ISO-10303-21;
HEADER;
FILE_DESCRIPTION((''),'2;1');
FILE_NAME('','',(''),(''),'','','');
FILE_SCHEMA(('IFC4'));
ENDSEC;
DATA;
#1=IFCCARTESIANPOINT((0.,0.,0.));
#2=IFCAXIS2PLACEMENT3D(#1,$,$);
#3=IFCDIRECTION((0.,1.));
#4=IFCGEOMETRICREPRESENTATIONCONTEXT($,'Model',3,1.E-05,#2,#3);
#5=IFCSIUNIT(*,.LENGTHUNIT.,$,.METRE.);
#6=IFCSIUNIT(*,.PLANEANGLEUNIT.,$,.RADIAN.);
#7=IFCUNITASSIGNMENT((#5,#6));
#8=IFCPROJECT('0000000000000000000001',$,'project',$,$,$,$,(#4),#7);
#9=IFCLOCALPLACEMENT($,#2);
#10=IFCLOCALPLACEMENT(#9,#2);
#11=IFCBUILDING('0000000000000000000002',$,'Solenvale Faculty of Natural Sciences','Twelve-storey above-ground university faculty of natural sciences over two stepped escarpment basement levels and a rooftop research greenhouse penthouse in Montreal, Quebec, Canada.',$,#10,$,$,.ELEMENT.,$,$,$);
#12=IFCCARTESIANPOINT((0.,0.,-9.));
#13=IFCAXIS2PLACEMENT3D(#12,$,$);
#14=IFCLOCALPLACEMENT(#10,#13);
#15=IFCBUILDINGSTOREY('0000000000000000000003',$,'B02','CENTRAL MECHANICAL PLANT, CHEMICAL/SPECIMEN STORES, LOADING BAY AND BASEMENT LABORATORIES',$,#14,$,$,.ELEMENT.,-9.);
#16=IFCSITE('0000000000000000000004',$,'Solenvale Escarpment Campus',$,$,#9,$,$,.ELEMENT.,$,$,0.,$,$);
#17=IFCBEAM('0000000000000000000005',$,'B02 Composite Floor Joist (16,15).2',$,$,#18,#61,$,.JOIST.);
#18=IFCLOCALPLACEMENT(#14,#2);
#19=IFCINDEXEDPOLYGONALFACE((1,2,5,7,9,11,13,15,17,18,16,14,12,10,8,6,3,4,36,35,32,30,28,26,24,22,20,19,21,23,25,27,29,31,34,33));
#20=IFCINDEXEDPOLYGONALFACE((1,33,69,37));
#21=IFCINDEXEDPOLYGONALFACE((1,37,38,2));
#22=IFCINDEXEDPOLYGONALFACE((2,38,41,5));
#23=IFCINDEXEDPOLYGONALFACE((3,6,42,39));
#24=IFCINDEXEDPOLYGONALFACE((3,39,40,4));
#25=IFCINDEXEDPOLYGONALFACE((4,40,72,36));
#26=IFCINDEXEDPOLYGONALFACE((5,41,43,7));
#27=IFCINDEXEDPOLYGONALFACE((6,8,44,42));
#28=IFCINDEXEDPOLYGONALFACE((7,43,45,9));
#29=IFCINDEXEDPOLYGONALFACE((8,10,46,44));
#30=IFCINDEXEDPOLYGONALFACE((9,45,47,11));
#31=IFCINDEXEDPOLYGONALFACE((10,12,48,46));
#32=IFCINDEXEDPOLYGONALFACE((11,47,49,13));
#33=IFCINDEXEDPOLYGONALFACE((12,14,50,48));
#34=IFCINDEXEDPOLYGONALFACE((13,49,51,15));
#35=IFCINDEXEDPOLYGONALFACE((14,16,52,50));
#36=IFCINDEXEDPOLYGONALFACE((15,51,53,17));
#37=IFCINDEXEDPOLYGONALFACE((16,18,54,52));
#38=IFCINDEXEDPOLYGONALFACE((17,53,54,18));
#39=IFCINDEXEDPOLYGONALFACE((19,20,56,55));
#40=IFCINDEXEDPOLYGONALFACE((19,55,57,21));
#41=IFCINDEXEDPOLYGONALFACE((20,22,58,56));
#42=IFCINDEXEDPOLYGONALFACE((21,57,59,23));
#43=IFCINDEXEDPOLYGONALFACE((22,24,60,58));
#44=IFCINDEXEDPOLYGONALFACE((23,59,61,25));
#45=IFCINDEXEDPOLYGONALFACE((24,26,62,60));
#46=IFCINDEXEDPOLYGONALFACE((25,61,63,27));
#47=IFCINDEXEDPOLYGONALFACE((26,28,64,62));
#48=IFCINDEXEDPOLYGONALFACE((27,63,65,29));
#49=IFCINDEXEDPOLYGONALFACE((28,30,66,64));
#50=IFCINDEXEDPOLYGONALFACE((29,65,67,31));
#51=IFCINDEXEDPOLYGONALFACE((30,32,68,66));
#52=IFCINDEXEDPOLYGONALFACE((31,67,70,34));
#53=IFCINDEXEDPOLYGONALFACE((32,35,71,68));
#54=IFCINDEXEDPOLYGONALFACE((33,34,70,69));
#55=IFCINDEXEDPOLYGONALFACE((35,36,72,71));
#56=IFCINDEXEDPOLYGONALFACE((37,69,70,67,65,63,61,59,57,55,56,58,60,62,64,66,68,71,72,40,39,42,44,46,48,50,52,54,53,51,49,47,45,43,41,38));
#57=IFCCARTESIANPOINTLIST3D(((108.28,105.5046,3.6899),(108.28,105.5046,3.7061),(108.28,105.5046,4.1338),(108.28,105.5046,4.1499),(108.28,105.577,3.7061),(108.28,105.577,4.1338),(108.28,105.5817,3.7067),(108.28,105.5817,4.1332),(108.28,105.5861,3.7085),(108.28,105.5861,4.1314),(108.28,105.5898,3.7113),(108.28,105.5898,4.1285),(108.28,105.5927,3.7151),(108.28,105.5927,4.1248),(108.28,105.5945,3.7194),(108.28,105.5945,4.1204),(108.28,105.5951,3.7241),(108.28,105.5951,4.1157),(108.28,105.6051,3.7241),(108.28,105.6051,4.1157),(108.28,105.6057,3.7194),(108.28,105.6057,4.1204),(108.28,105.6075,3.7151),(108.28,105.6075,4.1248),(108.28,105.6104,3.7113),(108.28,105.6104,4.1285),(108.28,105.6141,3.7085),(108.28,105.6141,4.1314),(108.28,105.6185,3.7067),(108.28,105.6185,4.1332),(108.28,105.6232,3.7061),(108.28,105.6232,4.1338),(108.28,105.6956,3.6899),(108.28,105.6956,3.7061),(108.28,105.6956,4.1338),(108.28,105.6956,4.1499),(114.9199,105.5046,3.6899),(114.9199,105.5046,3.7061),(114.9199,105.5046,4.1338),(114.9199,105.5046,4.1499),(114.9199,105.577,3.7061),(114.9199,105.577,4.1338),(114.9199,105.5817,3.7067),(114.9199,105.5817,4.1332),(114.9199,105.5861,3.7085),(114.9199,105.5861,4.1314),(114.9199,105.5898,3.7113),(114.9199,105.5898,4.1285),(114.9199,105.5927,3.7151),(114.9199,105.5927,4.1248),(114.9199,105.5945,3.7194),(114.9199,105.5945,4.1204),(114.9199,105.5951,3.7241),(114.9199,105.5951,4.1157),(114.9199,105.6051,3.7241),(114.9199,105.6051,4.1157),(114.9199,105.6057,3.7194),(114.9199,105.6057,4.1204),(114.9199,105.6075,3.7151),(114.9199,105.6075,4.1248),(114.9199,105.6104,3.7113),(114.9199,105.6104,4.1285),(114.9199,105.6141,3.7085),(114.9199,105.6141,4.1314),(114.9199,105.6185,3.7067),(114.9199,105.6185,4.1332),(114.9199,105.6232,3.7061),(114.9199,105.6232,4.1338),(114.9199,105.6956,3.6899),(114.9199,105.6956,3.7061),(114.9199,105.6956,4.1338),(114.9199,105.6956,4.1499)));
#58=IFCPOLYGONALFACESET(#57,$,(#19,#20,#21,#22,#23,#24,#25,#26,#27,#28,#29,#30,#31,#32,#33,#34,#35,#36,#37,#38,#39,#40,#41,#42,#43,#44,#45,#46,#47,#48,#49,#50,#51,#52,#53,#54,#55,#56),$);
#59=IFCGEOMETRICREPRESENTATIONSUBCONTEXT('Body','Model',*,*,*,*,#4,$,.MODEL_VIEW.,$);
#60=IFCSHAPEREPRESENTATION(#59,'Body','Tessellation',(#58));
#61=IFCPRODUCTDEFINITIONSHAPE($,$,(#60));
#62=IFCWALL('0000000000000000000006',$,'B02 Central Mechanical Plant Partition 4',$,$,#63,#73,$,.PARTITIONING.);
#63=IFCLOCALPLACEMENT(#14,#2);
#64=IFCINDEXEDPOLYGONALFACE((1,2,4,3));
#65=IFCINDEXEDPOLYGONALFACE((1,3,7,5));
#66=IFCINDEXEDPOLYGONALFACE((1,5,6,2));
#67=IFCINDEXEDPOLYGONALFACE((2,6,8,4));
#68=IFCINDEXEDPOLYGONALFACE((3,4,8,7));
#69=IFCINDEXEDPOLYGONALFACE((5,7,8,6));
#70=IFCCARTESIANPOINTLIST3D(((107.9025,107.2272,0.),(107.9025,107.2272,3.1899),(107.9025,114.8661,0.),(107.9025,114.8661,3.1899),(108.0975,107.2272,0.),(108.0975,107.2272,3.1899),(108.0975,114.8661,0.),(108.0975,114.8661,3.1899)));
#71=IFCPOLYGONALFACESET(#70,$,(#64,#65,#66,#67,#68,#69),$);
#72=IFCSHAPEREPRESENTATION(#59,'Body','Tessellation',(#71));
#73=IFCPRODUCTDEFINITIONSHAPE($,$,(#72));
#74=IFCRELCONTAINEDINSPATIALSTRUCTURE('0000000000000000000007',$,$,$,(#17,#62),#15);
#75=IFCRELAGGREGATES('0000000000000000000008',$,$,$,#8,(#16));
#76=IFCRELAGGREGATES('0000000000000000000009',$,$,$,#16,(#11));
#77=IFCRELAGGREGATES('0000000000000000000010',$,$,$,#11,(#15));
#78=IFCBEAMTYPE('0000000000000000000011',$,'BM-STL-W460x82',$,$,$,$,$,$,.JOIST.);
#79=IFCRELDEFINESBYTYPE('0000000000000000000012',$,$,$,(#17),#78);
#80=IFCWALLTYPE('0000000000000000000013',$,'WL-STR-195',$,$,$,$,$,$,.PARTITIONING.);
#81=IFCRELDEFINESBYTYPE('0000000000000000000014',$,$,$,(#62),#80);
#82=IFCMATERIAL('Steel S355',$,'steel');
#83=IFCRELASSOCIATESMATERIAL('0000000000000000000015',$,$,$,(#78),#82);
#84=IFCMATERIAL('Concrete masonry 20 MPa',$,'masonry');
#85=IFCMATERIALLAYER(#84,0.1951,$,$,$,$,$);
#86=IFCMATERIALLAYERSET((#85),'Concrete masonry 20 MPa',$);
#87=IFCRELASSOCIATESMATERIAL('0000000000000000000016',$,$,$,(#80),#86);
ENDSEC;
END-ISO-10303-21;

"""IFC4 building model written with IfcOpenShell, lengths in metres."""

from ifc_helpers import new_model, si_unit, direction, frame, frame_2d, origin, origin_2d, place, context, subcontext, project, spatial, rectangle, i_section, extrude, material, layer, layer_set, material_profile, profile_set, type_object, element, save


model = new_model("IFC4")

# Units and contexts
model_context = context("Model", 3, precision=1e-05, world=origin(), true_north=direction((0.0, 1.0)))
body_context = subcontext(model_context, "Body", "Model", "MODEL_VIEW")
ifc_project = project(units=[si_unit("LENGTHUNIT", "METRE"), si_unit("PLANEANGLEUNIT", "RADIAN")], contexts=[model_context])

# Site, building, storey
site_placement = place(None, origin())
site = spatial("IfcSite", under=ifc_project, at=site_placement, Name="Solenvale Escarpment Campus", CompositionType="ELEMENT", RefElevation=0.0)
building_placement = place(site_placement, origin())
building = spatial("IfcBuilding", under=site, at=building_placement, Name="Solenvale Faculty of Natural Sciences", Description="Twelve-storey above-ground university faculty of natural sciences over two stepped escarpment basement levels and a rooftop research greenhouse penthouse in Montreal, Quebec, Canada.", CompositionType="ELEMENT")
storey_placement = place(building_placement, frame((0.0, 0.0, -9.0)))
storey = spatial("IfcBuildingStorey", under=building, at=storey_placement, Name="B02", Description="CENTRAL MECHANICAL PLANT, CHEMICAL/SPECIMEN STORES, LOADING BAY AND BASEMENT LABORATORIES", CompositionType="ELEMENT", Elevation=-9.0)

# Beam
ifc_material_1 = material(Name="Steel S355", Category="steel")
ifc_material_profile_1 = material_profile(ifc_material_1, i_section(OverallWidth=0.1909, OverallDepth=0.46, WebThickness=0.01, FlangeThickness=0.0161, FilletRadius=0.0181, at=origin_2d()), Name="W460x82")
ifc_profile_set_1 = profile_set([ifc_material_profile_1], Name="Steel S355")
beam_type_1 = type_object("IfcBeamType", Name="BM-STL-W460x82", PredefinedType="JOIST", material=ifc_profile_set_1)
for number, where, z_axis, x_axis, name in (
    (1, (108.28, 105.6001, 3.9199), (1.0, 0.0, 0.0), (0.0, 1.0, 0.0), "B02 Composite Floor Joist (16,15).2"),
):
    element("IfcBeam", number, at=place(storey_placement, frame(where, z_axis=z_axis, x_axis=x_axis)), inside=storey, type_object=beam_type_1, Name=name, PredefinedType="JOIST", context=body_context, shape_type="SweptSolid", body=[
        extrude(i_section(OverallWidth=0.1909, OverallDepth=0.46, WebThickness=0.01, FlangeThickness=0.0161, FilletRadius=0.0181, at=origin_2d()), origin(), (0.0, 0.0, 1.0), 6.6399),
    ])

# Wall
ifc_material_2 = material(Name="Concrete masonry 20 MPa", Category="masonry")
ifc_layer = layer(ifc_material_2, 0.1951)
ifc_layer_set = layer_set([ifc_layer], Name="Concrete masonry 20 MPa")
wall_type = type_object("IfcWallType", Name="WL-STR-195", PredefinedType="PARTITIONING", material=ifc_layer_set)
wall_placement = place(storey_placement, frame((108.0, 114.866, 0.0), z_axis=(0.0, 0.0, 1.0), x_axis=(0.0, -1.0, 0.0)))
element("IfcWall", 2, at=wall_placement, inside=storey, type_object=wall_type, Name="B02 Central Mechanical Plant Partition 4", PredefinedType="PARTITIONING", context=body_context, shape_type="SweptSolid", body=[
    extrude(rectangle(XDim=7.6389, YDim=0.1951, at=frame_2d((3.8193, 0.0))), origin(), (0.0, 0.0, 1.0), 3.1899),
])

save(model, "model.ifc")
